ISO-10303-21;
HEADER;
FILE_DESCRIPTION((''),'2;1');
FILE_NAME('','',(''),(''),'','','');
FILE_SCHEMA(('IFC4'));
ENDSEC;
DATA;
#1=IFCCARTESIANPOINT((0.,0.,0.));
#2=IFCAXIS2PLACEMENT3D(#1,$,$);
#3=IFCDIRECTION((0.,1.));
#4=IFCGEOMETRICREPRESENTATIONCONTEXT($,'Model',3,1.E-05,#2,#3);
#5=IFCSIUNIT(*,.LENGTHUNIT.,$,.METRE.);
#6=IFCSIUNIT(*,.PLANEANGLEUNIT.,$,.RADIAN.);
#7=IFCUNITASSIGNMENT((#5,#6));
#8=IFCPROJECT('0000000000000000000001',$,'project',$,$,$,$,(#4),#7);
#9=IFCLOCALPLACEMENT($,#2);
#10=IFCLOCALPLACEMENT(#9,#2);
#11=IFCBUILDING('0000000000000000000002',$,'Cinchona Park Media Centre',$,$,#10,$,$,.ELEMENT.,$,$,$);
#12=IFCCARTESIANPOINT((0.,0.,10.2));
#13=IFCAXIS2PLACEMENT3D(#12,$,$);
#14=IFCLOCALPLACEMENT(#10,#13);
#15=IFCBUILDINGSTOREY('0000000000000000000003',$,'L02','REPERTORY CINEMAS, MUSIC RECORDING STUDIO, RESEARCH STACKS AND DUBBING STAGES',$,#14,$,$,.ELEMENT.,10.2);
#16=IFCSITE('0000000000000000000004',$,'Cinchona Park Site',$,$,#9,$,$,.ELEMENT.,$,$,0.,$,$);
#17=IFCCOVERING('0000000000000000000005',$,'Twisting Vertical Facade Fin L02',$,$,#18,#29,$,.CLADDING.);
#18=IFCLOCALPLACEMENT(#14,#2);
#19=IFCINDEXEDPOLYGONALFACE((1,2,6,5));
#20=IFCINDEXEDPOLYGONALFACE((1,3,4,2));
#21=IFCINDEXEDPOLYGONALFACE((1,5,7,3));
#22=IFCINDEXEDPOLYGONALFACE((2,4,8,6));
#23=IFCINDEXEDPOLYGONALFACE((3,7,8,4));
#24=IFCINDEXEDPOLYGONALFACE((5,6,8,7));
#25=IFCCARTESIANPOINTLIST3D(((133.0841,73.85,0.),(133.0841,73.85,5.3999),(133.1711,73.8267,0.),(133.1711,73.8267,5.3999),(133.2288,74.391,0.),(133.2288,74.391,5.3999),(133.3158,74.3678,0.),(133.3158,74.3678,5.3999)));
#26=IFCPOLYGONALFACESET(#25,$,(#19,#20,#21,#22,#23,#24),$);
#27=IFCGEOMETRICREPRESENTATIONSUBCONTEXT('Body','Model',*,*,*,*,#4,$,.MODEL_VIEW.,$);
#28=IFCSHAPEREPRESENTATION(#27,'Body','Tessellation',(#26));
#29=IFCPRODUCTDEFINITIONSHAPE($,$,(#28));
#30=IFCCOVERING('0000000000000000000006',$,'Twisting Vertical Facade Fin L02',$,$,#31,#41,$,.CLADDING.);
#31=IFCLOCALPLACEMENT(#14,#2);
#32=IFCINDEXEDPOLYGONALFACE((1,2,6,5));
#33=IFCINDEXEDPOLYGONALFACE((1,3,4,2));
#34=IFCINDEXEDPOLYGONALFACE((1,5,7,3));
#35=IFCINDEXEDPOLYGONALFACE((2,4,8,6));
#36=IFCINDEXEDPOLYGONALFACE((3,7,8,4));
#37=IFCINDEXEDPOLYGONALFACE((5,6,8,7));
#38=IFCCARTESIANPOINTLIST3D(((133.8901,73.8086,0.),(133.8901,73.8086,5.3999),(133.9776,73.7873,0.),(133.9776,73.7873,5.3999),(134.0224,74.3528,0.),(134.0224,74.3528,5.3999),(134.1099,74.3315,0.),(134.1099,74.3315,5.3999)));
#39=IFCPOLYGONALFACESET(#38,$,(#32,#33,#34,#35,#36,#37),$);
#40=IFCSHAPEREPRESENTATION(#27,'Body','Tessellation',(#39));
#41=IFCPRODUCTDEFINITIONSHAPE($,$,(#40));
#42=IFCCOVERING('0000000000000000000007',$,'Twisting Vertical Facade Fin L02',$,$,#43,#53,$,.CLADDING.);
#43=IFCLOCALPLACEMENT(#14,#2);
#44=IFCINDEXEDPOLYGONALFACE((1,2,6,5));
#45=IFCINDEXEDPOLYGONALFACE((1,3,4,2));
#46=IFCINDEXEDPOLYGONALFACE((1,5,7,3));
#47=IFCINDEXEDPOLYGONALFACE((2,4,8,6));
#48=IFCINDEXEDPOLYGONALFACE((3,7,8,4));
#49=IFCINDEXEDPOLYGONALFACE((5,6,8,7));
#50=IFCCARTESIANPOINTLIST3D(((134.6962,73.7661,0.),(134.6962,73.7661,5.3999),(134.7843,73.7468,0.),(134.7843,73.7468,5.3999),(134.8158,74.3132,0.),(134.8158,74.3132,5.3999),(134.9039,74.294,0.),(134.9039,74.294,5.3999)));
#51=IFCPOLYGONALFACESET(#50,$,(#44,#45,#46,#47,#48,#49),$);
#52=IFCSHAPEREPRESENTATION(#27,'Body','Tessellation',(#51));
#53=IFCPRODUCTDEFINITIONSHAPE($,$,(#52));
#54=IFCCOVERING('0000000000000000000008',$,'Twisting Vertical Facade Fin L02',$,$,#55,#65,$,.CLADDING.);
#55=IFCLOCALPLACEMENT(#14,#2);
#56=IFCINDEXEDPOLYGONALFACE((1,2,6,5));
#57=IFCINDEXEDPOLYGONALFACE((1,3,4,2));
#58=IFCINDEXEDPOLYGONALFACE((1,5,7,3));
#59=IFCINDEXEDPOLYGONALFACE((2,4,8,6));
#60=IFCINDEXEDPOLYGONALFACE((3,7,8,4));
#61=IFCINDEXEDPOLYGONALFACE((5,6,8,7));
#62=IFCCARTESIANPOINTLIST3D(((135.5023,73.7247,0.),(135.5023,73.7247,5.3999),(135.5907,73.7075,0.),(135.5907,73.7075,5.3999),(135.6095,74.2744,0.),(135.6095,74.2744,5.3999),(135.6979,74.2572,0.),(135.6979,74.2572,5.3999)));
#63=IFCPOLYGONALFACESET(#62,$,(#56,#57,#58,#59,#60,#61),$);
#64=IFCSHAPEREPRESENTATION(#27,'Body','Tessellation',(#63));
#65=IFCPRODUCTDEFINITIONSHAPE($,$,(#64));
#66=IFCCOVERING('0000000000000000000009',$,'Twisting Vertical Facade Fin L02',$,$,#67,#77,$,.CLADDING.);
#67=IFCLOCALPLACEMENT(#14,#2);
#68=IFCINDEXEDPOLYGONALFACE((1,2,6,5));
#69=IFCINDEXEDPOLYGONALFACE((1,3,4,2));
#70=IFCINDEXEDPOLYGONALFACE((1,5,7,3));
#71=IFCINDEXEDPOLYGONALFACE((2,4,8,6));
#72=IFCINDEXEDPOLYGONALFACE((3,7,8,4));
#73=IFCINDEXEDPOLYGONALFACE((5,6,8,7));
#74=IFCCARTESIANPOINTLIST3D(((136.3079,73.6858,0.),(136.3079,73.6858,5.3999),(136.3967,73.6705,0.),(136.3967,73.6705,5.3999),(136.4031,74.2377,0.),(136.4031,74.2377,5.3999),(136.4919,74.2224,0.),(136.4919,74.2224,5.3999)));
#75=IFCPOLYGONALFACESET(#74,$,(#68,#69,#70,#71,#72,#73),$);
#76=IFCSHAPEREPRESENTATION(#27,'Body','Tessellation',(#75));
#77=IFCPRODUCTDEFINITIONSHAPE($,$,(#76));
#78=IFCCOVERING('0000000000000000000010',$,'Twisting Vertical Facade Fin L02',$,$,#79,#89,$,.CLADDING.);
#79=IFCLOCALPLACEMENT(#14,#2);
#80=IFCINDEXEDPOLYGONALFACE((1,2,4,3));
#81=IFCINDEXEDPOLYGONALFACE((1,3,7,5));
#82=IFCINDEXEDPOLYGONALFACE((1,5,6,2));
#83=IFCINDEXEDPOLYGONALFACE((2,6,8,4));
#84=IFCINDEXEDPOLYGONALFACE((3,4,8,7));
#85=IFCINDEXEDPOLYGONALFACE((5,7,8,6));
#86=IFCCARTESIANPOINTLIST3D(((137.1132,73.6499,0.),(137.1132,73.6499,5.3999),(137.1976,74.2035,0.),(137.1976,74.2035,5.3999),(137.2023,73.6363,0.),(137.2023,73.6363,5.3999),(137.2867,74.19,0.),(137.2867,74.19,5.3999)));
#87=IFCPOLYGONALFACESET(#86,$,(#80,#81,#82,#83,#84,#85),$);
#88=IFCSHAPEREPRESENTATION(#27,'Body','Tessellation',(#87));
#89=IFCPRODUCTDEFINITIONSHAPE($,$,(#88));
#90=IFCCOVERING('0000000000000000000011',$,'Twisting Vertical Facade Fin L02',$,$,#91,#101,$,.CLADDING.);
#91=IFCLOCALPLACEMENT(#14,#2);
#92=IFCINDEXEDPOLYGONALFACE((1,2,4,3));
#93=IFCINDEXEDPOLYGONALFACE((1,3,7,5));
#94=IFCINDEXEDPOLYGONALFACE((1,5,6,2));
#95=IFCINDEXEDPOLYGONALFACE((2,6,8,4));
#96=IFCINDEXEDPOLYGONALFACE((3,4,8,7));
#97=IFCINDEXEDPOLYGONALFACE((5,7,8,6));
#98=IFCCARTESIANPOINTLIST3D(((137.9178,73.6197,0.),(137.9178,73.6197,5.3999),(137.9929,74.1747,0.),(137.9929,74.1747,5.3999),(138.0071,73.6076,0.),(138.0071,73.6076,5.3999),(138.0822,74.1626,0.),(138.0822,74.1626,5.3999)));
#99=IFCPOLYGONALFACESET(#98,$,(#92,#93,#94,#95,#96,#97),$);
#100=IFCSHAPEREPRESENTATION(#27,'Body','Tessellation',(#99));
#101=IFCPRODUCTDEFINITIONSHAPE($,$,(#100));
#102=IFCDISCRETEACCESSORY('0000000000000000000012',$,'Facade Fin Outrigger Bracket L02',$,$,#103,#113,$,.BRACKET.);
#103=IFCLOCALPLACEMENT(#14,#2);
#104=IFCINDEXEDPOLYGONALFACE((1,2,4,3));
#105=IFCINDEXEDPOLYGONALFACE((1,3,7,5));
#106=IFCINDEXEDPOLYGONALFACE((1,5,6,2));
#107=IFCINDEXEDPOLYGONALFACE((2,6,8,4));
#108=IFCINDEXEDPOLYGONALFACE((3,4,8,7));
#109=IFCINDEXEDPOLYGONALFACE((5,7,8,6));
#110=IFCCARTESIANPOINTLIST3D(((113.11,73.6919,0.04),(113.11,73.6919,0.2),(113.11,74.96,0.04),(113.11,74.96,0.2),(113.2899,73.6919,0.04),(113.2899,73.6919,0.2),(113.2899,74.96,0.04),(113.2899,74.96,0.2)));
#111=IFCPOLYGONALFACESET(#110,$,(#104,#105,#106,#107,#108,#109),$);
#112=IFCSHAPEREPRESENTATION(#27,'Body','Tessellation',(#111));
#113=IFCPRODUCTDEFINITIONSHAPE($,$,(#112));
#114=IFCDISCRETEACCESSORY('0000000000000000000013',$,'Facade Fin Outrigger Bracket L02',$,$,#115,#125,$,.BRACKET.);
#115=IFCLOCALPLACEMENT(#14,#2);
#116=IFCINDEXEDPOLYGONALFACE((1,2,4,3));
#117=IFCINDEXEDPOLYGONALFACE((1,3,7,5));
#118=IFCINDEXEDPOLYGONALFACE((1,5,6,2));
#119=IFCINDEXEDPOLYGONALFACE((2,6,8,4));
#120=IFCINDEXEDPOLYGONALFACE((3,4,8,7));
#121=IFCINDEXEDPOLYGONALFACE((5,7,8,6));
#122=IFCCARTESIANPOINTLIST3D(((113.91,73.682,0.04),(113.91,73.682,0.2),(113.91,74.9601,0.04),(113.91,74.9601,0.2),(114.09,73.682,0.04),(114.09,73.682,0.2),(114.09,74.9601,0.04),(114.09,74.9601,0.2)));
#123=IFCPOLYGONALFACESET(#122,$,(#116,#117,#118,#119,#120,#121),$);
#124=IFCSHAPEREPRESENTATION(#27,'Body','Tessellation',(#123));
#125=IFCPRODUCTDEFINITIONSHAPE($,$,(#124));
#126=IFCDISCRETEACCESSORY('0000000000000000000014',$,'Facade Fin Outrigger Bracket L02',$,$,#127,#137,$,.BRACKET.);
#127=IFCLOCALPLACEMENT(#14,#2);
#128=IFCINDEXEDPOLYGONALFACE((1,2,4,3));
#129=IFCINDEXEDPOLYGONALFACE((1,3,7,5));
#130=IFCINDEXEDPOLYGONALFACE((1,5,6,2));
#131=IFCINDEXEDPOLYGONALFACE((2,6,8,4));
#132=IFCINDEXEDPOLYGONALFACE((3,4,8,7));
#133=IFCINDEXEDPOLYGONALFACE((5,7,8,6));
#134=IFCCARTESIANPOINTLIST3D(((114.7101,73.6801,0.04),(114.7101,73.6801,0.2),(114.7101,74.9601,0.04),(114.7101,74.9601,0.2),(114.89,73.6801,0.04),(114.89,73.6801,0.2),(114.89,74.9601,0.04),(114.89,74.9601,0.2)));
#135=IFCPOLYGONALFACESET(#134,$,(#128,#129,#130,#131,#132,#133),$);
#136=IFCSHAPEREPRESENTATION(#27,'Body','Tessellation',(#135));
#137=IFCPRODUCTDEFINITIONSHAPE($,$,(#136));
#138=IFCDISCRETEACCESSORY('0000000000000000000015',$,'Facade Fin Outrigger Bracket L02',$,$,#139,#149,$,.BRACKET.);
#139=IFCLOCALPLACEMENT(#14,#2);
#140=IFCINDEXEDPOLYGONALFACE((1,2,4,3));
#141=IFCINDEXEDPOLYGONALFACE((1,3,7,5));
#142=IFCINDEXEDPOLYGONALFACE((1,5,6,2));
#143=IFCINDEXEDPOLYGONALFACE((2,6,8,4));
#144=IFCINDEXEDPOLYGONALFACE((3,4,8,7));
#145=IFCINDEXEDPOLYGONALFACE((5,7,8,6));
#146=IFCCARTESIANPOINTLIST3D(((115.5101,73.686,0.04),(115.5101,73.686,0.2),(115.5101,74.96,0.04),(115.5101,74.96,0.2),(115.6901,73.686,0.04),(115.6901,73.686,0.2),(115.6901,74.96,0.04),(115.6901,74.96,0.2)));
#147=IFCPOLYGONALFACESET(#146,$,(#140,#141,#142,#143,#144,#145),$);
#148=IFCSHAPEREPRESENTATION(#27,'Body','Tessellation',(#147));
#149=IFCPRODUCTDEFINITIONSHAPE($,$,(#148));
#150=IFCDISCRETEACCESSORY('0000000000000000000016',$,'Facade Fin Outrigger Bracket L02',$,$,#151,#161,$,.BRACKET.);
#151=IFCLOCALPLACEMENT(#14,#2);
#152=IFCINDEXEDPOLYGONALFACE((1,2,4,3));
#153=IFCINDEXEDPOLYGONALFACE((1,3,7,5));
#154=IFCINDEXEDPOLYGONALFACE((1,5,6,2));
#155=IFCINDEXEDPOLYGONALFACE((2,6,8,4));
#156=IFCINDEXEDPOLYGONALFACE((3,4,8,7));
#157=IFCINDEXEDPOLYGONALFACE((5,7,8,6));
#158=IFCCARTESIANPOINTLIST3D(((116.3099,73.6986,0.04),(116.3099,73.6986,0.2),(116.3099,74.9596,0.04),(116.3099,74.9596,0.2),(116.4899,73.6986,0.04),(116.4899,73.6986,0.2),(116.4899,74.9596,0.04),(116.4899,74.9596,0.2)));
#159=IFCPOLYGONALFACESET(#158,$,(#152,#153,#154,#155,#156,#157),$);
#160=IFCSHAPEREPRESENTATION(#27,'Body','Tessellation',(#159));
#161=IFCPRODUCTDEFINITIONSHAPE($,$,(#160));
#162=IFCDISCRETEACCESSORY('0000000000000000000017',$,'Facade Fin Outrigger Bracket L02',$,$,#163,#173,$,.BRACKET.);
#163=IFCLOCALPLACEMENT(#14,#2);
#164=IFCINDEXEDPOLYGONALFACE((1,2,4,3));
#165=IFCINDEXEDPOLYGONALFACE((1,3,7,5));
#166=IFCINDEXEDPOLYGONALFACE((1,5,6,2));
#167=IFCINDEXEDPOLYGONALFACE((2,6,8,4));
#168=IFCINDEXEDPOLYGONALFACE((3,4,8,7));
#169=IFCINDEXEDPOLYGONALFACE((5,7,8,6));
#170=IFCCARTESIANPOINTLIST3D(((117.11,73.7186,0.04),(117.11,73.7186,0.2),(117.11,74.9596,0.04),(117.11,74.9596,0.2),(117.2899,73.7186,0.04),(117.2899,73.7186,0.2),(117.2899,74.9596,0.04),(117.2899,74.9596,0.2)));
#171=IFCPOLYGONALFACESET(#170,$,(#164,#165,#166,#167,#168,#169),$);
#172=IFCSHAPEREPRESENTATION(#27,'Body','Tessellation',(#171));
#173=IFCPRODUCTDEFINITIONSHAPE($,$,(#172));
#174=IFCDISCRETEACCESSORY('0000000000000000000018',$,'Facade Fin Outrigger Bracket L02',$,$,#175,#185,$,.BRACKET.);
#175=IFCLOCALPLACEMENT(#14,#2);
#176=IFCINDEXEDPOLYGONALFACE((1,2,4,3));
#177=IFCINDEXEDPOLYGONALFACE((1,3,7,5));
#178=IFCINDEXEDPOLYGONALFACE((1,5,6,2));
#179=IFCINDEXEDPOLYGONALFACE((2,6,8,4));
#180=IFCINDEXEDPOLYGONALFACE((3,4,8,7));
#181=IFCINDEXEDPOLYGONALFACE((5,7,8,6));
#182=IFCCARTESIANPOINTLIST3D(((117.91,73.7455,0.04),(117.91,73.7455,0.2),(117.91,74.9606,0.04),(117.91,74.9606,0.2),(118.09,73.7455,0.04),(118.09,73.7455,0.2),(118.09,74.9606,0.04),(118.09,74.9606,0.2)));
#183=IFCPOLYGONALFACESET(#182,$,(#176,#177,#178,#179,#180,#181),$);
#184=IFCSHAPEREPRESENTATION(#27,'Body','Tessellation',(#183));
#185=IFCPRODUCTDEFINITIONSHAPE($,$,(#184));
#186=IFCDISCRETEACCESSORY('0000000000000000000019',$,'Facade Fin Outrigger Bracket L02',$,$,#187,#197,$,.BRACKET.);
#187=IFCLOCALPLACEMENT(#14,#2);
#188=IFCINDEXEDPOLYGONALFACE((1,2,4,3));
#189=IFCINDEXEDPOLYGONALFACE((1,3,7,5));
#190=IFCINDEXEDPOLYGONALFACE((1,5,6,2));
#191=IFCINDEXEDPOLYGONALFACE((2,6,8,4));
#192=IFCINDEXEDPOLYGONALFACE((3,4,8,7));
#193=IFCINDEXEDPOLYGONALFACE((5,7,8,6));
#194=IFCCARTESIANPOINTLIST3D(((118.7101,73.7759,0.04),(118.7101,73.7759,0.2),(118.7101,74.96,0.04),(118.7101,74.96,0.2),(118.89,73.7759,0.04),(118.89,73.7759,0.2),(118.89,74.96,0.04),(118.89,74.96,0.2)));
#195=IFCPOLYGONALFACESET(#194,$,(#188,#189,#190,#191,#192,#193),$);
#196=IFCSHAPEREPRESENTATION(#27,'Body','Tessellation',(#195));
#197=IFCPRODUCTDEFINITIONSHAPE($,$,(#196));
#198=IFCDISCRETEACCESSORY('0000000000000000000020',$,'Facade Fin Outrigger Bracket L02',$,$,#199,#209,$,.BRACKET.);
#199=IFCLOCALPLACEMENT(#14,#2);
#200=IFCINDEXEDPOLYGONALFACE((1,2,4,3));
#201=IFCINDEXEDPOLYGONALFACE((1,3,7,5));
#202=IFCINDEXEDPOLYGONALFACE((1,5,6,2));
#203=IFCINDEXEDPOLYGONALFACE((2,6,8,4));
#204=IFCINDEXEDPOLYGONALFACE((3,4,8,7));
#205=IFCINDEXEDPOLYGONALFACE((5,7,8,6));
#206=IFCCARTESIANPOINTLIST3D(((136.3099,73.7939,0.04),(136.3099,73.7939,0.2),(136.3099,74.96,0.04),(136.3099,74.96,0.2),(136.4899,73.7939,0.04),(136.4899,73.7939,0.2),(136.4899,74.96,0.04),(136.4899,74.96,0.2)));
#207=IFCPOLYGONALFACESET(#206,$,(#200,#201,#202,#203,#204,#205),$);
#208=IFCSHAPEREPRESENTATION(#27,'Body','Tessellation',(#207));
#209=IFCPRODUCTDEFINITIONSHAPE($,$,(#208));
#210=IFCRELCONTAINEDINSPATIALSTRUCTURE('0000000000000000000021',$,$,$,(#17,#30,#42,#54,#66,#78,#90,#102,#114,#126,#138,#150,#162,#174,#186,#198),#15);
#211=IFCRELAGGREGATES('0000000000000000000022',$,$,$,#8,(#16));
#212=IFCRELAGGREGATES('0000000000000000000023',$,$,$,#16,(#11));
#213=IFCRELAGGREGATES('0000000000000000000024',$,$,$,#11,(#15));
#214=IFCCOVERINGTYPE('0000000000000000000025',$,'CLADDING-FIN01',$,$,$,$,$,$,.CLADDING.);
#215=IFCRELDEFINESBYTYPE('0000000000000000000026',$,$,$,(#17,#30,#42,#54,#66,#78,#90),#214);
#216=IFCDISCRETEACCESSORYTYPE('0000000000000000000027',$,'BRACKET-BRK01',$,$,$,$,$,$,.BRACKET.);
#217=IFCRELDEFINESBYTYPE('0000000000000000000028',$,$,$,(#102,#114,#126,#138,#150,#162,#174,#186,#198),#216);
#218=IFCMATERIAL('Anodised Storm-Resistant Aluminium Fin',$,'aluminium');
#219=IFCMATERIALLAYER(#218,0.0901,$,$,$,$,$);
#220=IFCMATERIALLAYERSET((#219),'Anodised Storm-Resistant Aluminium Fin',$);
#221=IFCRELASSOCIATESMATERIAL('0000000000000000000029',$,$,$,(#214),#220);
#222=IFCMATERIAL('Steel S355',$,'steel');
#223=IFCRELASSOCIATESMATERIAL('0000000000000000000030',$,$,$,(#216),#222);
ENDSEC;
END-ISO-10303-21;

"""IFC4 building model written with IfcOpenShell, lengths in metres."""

from ifc_helpers import new_model, si_unit, direction, frame, origin, origin_2d, place, context, subcontext, project, spatial, rectangle, extrude, material, layer, layer_set, type_object, element, save


model = new_model("IFC4")

# Units and contexts
model_context = context("Model", 3, precision=1e-05, world=origin(), true_north=direction((0.0, 1.0)))
body_context = subcontext(model_context, "Body", "Model", "MODEL_VIEW")
ifc_project = project(units=[si_unit("LENGTHUNIT", "METRE"), si_unit("PLANEANGLEUNIT", "RADIAN")], contexts=[model_context])

# Site, building, storey
site_placement = place(None, origin())
site = spatial("IfcSite", under=ifc_project, at=site_placement, Name="Cinchona Park Site", CompositionType="ELEMENT", RefElevation=0.0)
building_placement = place(site_placement, origin())
building = spatial("IfcBuilding", under=site, at=building_placement, Name="Cinchona Park Media Centre", CompositionType="ELEMENT")
storey_placement = place(building_placement, frame((0.0, 0.0, 10.2)))
storey = spatial("IfcBuildingStorey", under=building, at=storey_placement, Name="L02", Description="REPERTORY CINEMAS, MUSIC RECORDING STUDIO, RESEARCH STACKS AND DUBBING STAGES", CompositionType="ELEMENT", Elevation=10.2)

# Coverings
ifc_material_1 = material(Name="Anodised Storm-Resistant Aluminium Fin", Category="aluminium")
ifc_layer = layer(ifc_material_1, 0.0901)
ifc_layer_set = layer_set([ifc_layer], Name="Anodised Storm-Resistant Aluminium Fin")
covering_type = type_object("IfcCoveringType", Name="CLADDING-FIN01", PredefinedType="CLADDING", material=ifc_layer_set)
for number, where, z_axis, x_axis, name in (
    (1, (133.2, 74.1089, 0.0), (0.0, 0.0, 1.0), (0.258313, 0.966061, 0.0), "Twisting Vertical Facade Fin L02"),
    (2, (134.0, 74.0701, 0.0), (0.0, 0.0, 1.0), (0.236329, 0.971673, 0.0), "Twisting Vertical Facade Fin L02"),
    (3, (134.8, 74.03, 0.0), (0.0, 0.0, 1.0), (0.213542, 0.976934, 0.0), "Twisting Vertical Facade Fin L02"),
    (4, (135.6001, 73.991, 0.0), (0.0, 0.0, 1.0), (0.191323, 0.981527, 0.0), "Twisting Vertical Facade Fin L02"),
    (5, (136.3999, 73.9541, 0.0), (0.0, 0.0, 1.0), (0.170038, 0.985438, 0.0), "Twisting Vertical Facade Fin L02"),
    (6, (137.2, 73.9199, 0.0), (0.0, 0.0, 1.0), (0.150743, 0.988573, 0.0), "Twisting Vertical Facade Fin L02"),
    (7, (138.0, 73.8911, 0.0), (0.0, 0.0, 1.0), (0.134159, 0.99096, 0.0), "Twisting Vertical Facade Fin L02"),
):
    element("IfcCovering", number, at=place(storey_placement, frame(where, z_axis=z_axis, x_axis=x_axis)), inside=storey, type_object=covering_type, Name=name, PredefinedType="CLADDING", context=body_context, shape_type="SweptSolid", body=[
        extrude(rectangle(XDim=0.5601, YDim=0.0901, at=origin_2d()), origin(), (0.0, 0.0, 1.0), 5.3999),
    ])

# Discrete accessories
ifc_material_2 = material(Name="Steel S355", Category="steel")
discrete_accessory_type = type_object("IfcDiscreteAccessoryType", Name="BRACKET-BRK01", PredefinedType="BRACKET", material=ifc_material_2)
discrete_accessory_1_placement = place(storey_placement, frame((113.2, 74.3259, 0.04), z_axis=(0.0, 0.0, 1.0), x_axis=(1.0, 0.0, 0.0)))
element("IfcDiscreteAccessory", 8, at=discrete_accessory_1_placement, inside=storey, type_object=discrete_accessory_type, Name="Facade Fin Outrigger Bracket L02", PredefinedType="BRACKET", context=body_context, shape_type="SweptSolid", body=[
    extrude(rectangle(XDim=0.1799, YDim=1.2681, at=origin_2d()), origin(), (0.0, 0.0, 1.0), 0.1599),
])
discrete_accessory_2_placement = place(storey_placement, frame((114.0, 74.321, 0.04), z_axis=(0.0, 0.0, 1.0), x_axis=(1.0, 0.0, 0.0)))
element("IfcDiscreteAccessory", 9, at=discrete_accessory_2_placement, inside=storey, type_object=discrete_accessory_type, Name="Facade Fin Outrigger Bracket L02", PredefinedType="BRACKET", context=body_context, shape_type="SweptSolid", body=[
    extrude(rectangle(XDim=0.1799, YDim=1.2781, at=origin_2d()), origin(), (0.0, 0.0, 1.0), 0.1599),
])
discrete_accessory_3_placement = place(storey_placement, frame((114.8, 74.3201, 0.04), z_axis=(0.0, 0.0, 1.0), x_axis=(1.0, 0.0, 0.0)))
element("IfcDiscreteAccessory", 10, at=discrete_accessory_3_placement, inside=storey, type_object=discrete_accessory_type, Name="Facade Fin Outrigger Bracket L02", PredefinedType="BRACKET", context=body_context, shape_type="SweptSolid", body=[
    extrude(rectangle(XDim=0.1799, YDim=1.28, at=origin_2d()), origin(), (0.0, 0.0, 1.0), 0.1599),
])
discrete_accessory_4_placement = place(storey_placement, frame((115.6001, 74.323, 0.04), z_axis=(0.0, 0.0, 1.0), x_axis=(1.0, 0.0, 0.0)))
element("IfcDiscreteAccessory", 11, at=discrete_accessory_4_placement, inside=storey, type_object=discrete_accessory_type, Name="Facade Fin Outrigger Bracket L02", PredefinedType="BRACKET", context=body_context, shape_type="SweptSolid", body=[
    extrude(rectangle(XDim=0.1799, YDim=1.2739, at=origin_2d()), origin(), (0.0, 0.0, 1.0), 0.1599),
])
discrete_accessory_5_placement = place(storey_placement, frame((116.3999, 74.3291, 0.04), z_axis=(0.0, 0.0, 1.0), x_axis=(1.0, 0.0, 0.0)))
element("IfcDiscreteAccessory", 12, at=discrete_accessory_5_placement, inside=storey, type_object=discrete_accessory_type, Name="Facade Fin Outrigger Bracket L02", PredefinedType="BRACKET", context=body_context, shape_type="SweptSolid", body=[
    extrude(rectangle(XDim=0.1799, YDim=1.261, at=origin_2d()), origin(), (0.0, 0.0, 1.0), 0.1599),
])
discrete_accessory_6_placement = place(storey_placement, frame((117.2, 74.3391, 0.04), z_axis=(0.0, 0.0, 1.0), x_axis=(1.0, 0.0, 0.0)))
element("IfcDiscreteAccessory", 13, at=discrete_accessory_6_placement, inside=storey, type_object=discrete_accessory_type, Name="Facade Fin Outrigger Bracket L02", PredefinedType="BRACKET", context=body_context, shape_type="SweptSolid", body=[
    extrude(rectangle(XDim=0.1799, YDim=1.241, at=origin_2d()), origin(), (0.0, 0.0, 1.0), 0.1599),
])
discrete_accessory_7_placement = place(storey_placement, frame((118.0, 74.353, 0.04), z_axis=(0.0, 0.0, 1.0), x_axis=(1.0, 0.0, 0.0)))
element("IfcDiscreteAccessory", 14, at=discrete_accessory_7_placement, inside=storey, type_object=discrete_accessory_type, Name="Facade Fin Outrigger Bracket L02", PredefinedType="BRACKET", context=body_context, shape_type="SweptSolid", body=[
    extrude(rectangle(XDim=0.1799, YDim=1.2151, at=origin_2d()), origin(), (0.0, 0.0, 1.0), 0.1599),
])
discrete_accessory_8_placement = place(storey_placement, frame((118.8, 74.3679, 0.04), z_axis=(0.0, 0.0, 1.0), x_axis=(1.0, 0.0, 0.0)))
element("IfcDiscreteAccessory", 15, at=discrete_accessory_8_placement, inside=storey, type_object=discrete_accessory_type, Name="Facade Fin Outrigger Bracket L02", PredefinedType="BRACKET", context=body_context, shape_type="SweptSolid", body=[
    extrude(rectangle(XDim=0.1799, YDim=1.1841, at=origin_2d()), origin(), (0.0, 0.0, 1.0), 0.1599),
])
discrete_accessory_9_placement = place(storey_placement, frame((136.3999, 74.377, 0.04), z_axis=(0.0, 0.0, 1.0), x_axis=(1.0, 0.0, 0.0)))
element("IfcDiscreteAccessory", 16, at=discrete_accessory_9_placement, inside=storey, type_object=discrete_accessory_type, Name="Facade Fin Outrigger Bracket L02", PredefinedType="BRACKET", context=body_context, shape_type="SweptSolid", body=[
    extrude(rectangle(XDim=0.1799, YDim=1.166, at=origin_2d()), origin(), (0.0, 0.0, 1.0), 0.1599),
])

save(model, "model.ifc")
